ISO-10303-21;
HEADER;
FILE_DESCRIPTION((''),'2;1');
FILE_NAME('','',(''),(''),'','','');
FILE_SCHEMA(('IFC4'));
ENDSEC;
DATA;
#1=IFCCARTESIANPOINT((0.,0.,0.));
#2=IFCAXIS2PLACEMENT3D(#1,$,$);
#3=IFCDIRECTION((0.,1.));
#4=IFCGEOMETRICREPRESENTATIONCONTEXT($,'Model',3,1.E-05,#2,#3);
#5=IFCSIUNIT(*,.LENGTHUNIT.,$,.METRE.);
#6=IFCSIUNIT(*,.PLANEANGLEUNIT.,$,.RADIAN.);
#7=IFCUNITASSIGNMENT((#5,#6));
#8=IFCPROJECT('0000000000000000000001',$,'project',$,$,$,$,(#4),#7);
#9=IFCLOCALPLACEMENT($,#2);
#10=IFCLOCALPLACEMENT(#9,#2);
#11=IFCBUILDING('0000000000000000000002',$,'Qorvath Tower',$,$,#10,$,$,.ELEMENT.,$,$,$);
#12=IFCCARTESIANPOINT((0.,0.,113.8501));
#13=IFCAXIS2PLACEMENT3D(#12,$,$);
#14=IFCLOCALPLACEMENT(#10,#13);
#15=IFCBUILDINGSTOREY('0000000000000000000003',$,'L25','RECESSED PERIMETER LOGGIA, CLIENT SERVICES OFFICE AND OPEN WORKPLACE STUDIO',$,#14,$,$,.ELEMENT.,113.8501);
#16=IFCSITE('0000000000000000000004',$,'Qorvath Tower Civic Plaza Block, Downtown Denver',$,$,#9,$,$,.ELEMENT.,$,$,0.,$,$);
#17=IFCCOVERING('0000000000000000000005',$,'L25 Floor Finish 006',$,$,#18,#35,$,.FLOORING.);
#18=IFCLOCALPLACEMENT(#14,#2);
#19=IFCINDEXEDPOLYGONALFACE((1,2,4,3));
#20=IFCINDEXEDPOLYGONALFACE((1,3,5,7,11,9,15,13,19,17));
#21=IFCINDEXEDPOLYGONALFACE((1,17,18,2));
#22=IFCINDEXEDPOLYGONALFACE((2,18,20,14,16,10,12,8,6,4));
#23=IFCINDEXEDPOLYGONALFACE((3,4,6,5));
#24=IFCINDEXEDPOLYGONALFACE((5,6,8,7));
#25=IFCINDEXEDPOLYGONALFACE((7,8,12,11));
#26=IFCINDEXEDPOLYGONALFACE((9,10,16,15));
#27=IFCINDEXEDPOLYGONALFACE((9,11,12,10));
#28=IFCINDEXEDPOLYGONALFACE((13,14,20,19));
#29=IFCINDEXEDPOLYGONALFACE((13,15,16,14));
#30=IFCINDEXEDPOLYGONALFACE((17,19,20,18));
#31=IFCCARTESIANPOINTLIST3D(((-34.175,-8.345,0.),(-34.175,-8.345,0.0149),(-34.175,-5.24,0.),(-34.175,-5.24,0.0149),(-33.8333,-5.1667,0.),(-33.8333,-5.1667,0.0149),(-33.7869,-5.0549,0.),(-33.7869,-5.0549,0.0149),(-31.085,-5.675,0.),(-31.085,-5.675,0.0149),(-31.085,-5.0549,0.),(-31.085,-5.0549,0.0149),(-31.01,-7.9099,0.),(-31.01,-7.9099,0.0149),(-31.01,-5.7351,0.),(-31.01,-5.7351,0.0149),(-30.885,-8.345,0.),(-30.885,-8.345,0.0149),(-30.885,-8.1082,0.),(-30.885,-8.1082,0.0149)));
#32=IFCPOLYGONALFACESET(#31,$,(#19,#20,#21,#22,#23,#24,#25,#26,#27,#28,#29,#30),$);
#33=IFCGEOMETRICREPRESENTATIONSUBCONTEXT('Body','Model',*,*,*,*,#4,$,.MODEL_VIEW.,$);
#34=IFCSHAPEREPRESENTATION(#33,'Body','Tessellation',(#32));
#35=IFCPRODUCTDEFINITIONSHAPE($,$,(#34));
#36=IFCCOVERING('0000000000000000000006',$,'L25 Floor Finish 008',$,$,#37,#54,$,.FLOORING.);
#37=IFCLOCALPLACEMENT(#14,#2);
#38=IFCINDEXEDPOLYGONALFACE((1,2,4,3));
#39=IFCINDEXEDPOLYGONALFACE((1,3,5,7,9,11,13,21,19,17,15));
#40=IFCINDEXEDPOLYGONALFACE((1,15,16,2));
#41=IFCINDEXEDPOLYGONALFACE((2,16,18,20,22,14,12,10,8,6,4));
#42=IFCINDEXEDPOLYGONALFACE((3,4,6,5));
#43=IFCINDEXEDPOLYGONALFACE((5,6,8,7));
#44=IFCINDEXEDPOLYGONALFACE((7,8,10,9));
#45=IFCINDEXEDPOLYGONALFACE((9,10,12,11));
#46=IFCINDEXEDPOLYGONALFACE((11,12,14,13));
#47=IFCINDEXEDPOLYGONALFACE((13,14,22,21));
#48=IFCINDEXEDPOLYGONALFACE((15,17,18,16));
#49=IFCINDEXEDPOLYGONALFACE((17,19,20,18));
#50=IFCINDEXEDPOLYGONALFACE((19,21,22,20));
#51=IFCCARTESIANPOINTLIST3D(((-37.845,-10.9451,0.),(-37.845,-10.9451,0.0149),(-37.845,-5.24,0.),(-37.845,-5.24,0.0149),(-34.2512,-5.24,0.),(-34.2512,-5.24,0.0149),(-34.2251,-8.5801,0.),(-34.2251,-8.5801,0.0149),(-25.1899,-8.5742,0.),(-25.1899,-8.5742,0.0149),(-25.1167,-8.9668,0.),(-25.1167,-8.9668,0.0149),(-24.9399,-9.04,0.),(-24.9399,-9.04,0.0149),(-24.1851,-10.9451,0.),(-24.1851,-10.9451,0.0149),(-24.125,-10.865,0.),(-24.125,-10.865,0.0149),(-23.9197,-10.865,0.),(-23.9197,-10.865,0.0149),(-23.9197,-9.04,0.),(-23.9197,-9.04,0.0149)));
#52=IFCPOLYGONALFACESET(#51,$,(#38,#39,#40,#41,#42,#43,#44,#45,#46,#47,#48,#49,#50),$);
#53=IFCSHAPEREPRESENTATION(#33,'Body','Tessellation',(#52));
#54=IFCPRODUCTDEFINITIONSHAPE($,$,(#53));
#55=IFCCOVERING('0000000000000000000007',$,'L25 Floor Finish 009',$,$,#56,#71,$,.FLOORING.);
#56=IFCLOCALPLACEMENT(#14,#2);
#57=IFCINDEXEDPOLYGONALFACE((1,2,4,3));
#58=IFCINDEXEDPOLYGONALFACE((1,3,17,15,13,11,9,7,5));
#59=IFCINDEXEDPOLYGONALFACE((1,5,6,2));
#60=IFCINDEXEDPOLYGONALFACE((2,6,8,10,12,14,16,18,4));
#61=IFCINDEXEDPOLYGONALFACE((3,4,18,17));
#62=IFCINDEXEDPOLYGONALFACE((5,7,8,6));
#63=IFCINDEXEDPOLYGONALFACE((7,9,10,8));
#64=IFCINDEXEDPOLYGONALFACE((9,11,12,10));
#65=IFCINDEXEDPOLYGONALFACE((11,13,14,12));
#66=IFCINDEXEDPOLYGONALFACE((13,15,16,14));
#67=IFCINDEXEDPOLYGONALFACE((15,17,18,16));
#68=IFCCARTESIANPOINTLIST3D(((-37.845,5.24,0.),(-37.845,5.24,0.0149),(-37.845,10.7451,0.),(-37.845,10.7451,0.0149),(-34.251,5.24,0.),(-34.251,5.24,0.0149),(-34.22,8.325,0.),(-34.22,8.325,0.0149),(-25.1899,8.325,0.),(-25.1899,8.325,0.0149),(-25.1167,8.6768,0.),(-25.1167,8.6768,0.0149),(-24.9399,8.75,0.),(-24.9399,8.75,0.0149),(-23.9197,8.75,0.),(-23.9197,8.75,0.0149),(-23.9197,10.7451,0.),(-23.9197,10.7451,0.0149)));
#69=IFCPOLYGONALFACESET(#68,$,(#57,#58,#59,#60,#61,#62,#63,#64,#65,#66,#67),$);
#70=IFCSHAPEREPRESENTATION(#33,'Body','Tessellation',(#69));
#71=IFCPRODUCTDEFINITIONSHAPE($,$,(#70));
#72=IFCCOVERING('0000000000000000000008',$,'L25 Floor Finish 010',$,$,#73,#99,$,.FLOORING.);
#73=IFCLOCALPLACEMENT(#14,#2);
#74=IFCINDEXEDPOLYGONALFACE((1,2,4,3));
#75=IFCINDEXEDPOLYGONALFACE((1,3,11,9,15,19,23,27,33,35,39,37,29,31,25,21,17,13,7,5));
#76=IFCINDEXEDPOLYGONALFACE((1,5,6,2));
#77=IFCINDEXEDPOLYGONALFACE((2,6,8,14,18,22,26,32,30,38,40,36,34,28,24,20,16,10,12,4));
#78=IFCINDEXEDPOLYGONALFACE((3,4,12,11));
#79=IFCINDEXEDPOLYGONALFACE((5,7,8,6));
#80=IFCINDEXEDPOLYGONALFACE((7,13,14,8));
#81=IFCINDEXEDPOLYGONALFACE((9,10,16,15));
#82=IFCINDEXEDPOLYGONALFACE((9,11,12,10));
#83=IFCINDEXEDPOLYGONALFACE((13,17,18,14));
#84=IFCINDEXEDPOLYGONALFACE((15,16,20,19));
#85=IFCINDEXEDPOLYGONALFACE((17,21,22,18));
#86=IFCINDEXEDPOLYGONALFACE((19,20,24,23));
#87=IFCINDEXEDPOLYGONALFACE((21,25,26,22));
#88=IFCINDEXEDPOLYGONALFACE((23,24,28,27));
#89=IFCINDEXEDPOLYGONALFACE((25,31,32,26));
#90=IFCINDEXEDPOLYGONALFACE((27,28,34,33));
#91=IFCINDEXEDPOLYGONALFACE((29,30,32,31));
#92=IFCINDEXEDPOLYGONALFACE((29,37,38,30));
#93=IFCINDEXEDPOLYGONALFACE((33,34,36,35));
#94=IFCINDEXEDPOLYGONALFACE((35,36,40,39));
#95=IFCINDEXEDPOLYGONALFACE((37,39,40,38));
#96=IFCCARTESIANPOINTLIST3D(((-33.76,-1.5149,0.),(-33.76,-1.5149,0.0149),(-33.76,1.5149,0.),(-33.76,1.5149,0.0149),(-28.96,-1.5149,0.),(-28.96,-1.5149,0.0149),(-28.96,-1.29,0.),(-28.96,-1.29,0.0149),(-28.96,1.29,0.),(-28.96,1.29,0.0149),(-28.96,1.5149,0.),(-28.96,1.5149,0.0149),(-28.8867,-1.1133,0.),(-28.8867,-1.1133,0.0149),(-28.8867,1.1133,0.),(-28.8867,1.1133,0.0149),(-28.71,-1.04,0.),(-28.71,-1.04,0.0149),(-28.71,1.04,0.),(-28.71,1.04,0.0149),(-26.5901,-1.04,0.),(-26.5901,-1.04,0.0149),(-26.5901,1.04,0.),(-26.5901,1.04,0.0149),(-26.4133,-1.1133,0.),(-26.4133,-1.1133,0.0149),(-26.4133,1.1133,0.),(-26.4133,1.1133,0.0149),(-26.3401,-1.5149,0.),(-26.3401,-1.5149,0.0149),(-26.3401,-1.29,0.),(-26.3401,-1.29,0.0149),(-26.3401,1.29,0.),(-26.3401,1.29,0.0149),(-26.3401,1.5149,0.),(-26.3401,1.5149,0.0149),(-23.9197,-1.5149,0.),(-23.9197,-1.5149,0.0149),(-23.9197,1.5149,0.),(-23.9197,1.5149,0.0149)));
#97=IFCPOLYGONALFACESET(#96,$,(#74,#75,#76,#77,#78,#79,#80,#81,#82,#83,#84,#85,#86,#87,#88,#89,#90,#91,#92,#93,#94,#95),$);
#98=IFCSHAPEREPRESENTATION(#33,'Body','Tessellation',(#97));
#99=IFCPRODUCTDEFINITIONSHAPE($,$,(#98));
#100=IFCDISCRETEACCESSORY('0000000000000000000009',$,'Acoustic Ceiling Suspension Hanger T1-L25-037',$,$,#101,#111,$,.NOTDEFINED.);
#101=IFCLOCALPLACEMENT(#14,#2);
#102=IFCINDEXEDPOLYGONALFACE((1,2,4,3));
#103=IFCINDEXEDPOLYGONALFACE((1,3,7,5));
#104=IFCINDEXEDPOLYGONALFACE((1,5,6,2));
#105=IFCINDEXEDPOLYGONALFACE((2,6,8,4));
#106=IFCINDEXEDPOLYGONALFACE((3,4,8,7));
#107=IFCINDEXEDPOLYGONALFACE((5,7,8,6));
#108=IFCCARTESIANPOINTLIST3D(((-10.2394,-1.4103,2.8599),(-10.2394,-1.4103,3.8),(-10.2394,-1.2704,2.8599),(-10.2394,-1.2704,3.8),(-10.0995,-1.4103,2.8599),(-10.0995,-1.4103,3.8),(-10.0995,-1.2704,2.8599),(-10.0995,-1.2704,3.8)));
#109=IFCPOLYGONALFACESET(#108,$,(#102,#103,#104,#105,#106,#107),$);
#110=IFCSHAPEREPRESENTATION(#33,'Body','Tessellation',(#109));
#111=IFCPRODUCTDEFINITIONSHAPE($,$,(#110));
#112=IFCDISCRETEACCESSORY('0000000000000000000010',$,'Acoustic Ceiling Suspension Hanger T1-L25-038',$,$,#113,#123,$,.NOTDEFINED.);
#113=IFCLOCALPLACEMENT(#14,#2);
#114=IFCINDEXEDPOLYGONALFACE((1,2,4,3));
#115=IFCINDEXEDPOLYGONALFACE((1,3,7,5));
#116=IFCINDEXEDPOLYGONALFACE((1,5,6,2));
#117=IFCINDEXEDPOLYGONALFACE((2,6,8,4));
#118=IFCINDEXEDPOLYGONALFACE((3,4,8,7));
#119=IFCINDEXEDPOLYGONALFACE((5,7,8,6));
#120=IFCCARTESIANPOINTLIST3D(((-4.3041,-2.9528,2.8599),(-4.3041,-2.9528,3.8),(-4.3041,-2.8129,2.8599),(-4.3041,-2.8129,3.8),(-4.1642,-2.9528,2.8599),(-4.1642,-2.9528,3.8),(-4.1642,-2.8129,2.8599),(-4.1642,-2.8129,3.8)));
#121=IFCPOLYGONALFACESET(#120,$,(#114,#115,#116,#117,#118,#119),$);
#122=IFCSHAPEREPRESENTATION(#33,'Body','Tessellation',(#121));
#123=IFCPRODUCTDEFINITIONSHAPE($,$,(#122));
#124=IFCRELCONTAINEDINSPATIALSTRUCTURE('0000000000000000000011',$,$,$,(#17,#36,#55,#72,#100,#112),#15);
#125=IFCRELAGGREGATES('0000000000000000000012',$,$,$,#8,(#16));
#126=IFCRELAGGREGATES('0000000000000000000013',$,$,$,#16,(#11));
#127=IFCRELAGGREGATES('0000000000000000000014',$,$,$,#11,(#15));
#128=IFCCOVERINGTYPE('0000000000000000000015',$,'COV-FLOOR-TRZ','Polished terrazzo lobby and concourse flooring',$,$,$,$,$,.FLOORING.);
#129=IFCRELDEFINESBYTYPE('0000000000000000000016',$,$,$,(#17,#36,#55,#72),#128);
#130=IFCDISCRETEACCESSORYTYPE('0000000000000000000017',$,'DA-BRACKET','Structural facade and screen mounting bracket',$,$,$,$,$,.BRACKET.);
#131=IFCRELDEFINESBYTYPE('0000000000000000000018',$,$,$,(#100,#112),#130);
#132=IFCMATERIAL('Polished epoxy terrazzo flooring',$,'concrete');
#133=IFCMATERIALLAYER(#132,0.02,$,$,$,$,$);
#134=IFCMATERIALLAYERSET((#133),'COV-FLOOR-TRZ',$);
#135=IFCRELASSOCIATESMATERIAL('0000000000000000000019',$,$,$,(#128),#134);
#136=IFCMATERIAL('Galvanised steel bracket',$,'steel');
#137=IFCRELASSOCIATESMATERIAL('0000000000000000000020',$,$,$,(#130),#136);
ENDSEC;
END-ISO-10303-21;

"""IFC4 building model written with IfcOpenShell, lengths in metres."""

from ifc_helpers import new_model, si_unit, direction, frame, origin, origin_2d, place, context, subcontext, project, spatial, polyline, rectangle, outline, extrude, material, layer, layer_set, type_object, element, save


model = new_model("IFC4")

# Units and contexts
model_context = context("Model", 3, precision=1e-05, world=origin(), true_north=direction((0.0, 1.0)))
body_context = subcontext(model_context, "Body", "Model", "MODEL_VIEW")
ifc_project = project(units=[si_unit("LENGTHUNIT", "METRE"), si_unit("PLANEANGLEUNIT", "RADIAN")], contexts=[model_context])

# Site, building, storey
site_placement = place(None, origin())
site = spatial("IfcSite", under=ifc_project, at=site_placement, Name="Qorvath Tower Civic Plaza Block, Downtown Denver", CompositionType="ELEMENT", RefElevation=0.0)
building_placement = place(site_placement, origin())
building = spatial("IfcBuilding", under=site, at=building_placement, Name="Qorvath Tower", CompositionType="ELEMENT")
storey_placement = place(building_placement, frame((0.0, 0.0, 113.8501)))
storey = spatial("IfcBuildingStorey", under=building, at=storey_placement, Name="L25", Description="RECESSED PERIMETER LOGGIA, CLIENT SERVICES OFFICE AND OPEN WORKPLACE STUDIO", CompositionType="ELEMENT", Elevation=113.8501)

# Coverings
ifc_material_1 = material(Name="Polished epoxy terrazzo flooring", Category="concrete")
ifc_layer_1 = layer(ifc_material_1, 0.02)
ifc_layer_set_1 = layer_set([ifc_layer_1], Name="COV-FLOOR-TRZ")
covering_type_1 = type_object("IfcCoveringType", Name="COV-FLOOR-TRZ", Description="Polished terrazzo lobby and concourse flooring", PredefinedType="FLOORING", material=ifc_layer_set_1)
covering_1_placement = place(storey_placement, origin())
element("IfcCovering", 1, at=covering_1_placement, inside=storey, type_object=covering_type_1, Name="L25 Floor Finish 006", PredefinedType="FLOORING", context=body_context, shape_type="SweptSolid", body=[
    extrude(outline(polyline([(-31.085, -5.0549), (-33.7869, -5.0549), (-33.8333, -5.1667), (-34.175, -5.24), (-34.175, -8.345), (-30.885, -8.345), (-30.885, -8.1082), (-31.01, -7.9099), (-31.01, -5.7351), (-31.085, -5.675), (-31.085, -5.0549)])), origin(), (0.0, 0.0, 1.0), 0.0149),
])
covering_2_placement = place(storey_placement, origin())
element("IfcCovering", 2, at=covering_2_placement, inside=storey, type_object=covering_type_1, Name="L25 Floor Finish 008", PredefinedType="FLOORING", context=body_context, shape_type="SweptSolid", body=[
    extrude(outline(polyline([(-34.2251, -8.5801), (-34.2512, -5.24), (-37.845, -5.24), (-37.845, -10.9451), (-24.1851, -10.9451), (-24.125, -10.865), (-23.9197, -10.865), (-23.9197, -9.04), (-24.9399, -9.04), (-25.1167, -8.9668), (-25.1899, -8.5742), (-34.2251, -8.5801)])), origin(), (0.0, 0.0, 1.0), 0.0149),
])
covering_3_placement = place(storey_placement, origin())
element("IfcCovering", 3, at=covering_3_placement, inside=storey, type_object=covering_type_1, Name="L25 Floor Finish 009", PredefinedType="FLOORING", context=body_context, shape_type="SweptSolid", body=[
    extrude(outline(polyline([(-23.9197, 8.75), (-23.9197, 10.7451), (-37.845, 10.7451), (-37.845, 5.24), (-34.251, 5.24), (-34.22, 8.325), (-25.1899, 8.325), (-25.1167, 8.6768), (-24.9399, 8.75), (-23.9197, 8.75)])), origin(), (0.0, 0.0, 1.0), 0.0149),
])
covering_4_placement = place(storey_placement, origin())
element("IfcCovering", 4, at=covering_4_placement, inside=storey, type_object=covering_type_1, Name="L25 Floor Finish 010", PredefinedType="FLOORING", context=body_context, shape_type="SweptSolid", body=[
    extrude(outline(polyline([(-23.9197, -1.5149), (-23.9197, 1.5149), (-26.3401, 1.5149), (-26.3401, 1.29), (-26.4133, 1.1133), (-26.5901, 1.04), (-28.71, 1.04), (-28.8867, 1.1133), (-28.96, 1.29), (-28.96, 1.5149), (-33.76, 1.5149), (-33.76, -1.5149), (-28.96, -1.5149), (-28.96, -1.29), (-28.8867, -1.1133), (-28.71, -1.04), (-26.5901, -1.04), (-26.4133, -1.1133), (-26.3401, -1.29), (-26.3401, -1.5149), (-23.9197, -1.5149)])), origin(), (0.0, 0.0, 1.0), 0.0149),
])

# Discrete accessories
ifc_material_2 = material(Name="Galvanised steel bracket", Category="steel")
discrete_accessory_type = type_object("IfcDiscreteAccessoryType", Name="DA-BRACKET", Description="Structural facade and screen mounting bracket", PredefinedType="BRACKET", material=ifc_material_2)
for number, where, z_axis, x_axis, name in (
    (5, (-10.1694, -1.3403, 2.8599), (0.0, 0.0, 1.0), (1.0, 0.0, 0.0), "Acoustic Ceiling Suspension Hanger T1-L25-037"),
    (6, (-4.2341, -2.8828, 2.8599), (0.0, 0.0, 1.0), (1.0, 0.0, 0.0), "Acoustic Ceiling Suspension Hanger T1-L25-038"),
):
    element("IfcDiscreteAccessory", number, at=place(storey_placement, frame(where, z_axis=z_axis, x_axis=x_axis)), inside=storey, type_object=discrete_accessory_type, Name=name, PredefinedType="NOTDEFINED", context=body_context, shape_type="SweptSolid", body=[
        extrude(rectangle(XDim=0.1399, YDim=0.1399, at=origin_2d()), origin(), (0.0, 0.0, 1.0), 0.9402),
    ])

save(model, "model.ifc")
